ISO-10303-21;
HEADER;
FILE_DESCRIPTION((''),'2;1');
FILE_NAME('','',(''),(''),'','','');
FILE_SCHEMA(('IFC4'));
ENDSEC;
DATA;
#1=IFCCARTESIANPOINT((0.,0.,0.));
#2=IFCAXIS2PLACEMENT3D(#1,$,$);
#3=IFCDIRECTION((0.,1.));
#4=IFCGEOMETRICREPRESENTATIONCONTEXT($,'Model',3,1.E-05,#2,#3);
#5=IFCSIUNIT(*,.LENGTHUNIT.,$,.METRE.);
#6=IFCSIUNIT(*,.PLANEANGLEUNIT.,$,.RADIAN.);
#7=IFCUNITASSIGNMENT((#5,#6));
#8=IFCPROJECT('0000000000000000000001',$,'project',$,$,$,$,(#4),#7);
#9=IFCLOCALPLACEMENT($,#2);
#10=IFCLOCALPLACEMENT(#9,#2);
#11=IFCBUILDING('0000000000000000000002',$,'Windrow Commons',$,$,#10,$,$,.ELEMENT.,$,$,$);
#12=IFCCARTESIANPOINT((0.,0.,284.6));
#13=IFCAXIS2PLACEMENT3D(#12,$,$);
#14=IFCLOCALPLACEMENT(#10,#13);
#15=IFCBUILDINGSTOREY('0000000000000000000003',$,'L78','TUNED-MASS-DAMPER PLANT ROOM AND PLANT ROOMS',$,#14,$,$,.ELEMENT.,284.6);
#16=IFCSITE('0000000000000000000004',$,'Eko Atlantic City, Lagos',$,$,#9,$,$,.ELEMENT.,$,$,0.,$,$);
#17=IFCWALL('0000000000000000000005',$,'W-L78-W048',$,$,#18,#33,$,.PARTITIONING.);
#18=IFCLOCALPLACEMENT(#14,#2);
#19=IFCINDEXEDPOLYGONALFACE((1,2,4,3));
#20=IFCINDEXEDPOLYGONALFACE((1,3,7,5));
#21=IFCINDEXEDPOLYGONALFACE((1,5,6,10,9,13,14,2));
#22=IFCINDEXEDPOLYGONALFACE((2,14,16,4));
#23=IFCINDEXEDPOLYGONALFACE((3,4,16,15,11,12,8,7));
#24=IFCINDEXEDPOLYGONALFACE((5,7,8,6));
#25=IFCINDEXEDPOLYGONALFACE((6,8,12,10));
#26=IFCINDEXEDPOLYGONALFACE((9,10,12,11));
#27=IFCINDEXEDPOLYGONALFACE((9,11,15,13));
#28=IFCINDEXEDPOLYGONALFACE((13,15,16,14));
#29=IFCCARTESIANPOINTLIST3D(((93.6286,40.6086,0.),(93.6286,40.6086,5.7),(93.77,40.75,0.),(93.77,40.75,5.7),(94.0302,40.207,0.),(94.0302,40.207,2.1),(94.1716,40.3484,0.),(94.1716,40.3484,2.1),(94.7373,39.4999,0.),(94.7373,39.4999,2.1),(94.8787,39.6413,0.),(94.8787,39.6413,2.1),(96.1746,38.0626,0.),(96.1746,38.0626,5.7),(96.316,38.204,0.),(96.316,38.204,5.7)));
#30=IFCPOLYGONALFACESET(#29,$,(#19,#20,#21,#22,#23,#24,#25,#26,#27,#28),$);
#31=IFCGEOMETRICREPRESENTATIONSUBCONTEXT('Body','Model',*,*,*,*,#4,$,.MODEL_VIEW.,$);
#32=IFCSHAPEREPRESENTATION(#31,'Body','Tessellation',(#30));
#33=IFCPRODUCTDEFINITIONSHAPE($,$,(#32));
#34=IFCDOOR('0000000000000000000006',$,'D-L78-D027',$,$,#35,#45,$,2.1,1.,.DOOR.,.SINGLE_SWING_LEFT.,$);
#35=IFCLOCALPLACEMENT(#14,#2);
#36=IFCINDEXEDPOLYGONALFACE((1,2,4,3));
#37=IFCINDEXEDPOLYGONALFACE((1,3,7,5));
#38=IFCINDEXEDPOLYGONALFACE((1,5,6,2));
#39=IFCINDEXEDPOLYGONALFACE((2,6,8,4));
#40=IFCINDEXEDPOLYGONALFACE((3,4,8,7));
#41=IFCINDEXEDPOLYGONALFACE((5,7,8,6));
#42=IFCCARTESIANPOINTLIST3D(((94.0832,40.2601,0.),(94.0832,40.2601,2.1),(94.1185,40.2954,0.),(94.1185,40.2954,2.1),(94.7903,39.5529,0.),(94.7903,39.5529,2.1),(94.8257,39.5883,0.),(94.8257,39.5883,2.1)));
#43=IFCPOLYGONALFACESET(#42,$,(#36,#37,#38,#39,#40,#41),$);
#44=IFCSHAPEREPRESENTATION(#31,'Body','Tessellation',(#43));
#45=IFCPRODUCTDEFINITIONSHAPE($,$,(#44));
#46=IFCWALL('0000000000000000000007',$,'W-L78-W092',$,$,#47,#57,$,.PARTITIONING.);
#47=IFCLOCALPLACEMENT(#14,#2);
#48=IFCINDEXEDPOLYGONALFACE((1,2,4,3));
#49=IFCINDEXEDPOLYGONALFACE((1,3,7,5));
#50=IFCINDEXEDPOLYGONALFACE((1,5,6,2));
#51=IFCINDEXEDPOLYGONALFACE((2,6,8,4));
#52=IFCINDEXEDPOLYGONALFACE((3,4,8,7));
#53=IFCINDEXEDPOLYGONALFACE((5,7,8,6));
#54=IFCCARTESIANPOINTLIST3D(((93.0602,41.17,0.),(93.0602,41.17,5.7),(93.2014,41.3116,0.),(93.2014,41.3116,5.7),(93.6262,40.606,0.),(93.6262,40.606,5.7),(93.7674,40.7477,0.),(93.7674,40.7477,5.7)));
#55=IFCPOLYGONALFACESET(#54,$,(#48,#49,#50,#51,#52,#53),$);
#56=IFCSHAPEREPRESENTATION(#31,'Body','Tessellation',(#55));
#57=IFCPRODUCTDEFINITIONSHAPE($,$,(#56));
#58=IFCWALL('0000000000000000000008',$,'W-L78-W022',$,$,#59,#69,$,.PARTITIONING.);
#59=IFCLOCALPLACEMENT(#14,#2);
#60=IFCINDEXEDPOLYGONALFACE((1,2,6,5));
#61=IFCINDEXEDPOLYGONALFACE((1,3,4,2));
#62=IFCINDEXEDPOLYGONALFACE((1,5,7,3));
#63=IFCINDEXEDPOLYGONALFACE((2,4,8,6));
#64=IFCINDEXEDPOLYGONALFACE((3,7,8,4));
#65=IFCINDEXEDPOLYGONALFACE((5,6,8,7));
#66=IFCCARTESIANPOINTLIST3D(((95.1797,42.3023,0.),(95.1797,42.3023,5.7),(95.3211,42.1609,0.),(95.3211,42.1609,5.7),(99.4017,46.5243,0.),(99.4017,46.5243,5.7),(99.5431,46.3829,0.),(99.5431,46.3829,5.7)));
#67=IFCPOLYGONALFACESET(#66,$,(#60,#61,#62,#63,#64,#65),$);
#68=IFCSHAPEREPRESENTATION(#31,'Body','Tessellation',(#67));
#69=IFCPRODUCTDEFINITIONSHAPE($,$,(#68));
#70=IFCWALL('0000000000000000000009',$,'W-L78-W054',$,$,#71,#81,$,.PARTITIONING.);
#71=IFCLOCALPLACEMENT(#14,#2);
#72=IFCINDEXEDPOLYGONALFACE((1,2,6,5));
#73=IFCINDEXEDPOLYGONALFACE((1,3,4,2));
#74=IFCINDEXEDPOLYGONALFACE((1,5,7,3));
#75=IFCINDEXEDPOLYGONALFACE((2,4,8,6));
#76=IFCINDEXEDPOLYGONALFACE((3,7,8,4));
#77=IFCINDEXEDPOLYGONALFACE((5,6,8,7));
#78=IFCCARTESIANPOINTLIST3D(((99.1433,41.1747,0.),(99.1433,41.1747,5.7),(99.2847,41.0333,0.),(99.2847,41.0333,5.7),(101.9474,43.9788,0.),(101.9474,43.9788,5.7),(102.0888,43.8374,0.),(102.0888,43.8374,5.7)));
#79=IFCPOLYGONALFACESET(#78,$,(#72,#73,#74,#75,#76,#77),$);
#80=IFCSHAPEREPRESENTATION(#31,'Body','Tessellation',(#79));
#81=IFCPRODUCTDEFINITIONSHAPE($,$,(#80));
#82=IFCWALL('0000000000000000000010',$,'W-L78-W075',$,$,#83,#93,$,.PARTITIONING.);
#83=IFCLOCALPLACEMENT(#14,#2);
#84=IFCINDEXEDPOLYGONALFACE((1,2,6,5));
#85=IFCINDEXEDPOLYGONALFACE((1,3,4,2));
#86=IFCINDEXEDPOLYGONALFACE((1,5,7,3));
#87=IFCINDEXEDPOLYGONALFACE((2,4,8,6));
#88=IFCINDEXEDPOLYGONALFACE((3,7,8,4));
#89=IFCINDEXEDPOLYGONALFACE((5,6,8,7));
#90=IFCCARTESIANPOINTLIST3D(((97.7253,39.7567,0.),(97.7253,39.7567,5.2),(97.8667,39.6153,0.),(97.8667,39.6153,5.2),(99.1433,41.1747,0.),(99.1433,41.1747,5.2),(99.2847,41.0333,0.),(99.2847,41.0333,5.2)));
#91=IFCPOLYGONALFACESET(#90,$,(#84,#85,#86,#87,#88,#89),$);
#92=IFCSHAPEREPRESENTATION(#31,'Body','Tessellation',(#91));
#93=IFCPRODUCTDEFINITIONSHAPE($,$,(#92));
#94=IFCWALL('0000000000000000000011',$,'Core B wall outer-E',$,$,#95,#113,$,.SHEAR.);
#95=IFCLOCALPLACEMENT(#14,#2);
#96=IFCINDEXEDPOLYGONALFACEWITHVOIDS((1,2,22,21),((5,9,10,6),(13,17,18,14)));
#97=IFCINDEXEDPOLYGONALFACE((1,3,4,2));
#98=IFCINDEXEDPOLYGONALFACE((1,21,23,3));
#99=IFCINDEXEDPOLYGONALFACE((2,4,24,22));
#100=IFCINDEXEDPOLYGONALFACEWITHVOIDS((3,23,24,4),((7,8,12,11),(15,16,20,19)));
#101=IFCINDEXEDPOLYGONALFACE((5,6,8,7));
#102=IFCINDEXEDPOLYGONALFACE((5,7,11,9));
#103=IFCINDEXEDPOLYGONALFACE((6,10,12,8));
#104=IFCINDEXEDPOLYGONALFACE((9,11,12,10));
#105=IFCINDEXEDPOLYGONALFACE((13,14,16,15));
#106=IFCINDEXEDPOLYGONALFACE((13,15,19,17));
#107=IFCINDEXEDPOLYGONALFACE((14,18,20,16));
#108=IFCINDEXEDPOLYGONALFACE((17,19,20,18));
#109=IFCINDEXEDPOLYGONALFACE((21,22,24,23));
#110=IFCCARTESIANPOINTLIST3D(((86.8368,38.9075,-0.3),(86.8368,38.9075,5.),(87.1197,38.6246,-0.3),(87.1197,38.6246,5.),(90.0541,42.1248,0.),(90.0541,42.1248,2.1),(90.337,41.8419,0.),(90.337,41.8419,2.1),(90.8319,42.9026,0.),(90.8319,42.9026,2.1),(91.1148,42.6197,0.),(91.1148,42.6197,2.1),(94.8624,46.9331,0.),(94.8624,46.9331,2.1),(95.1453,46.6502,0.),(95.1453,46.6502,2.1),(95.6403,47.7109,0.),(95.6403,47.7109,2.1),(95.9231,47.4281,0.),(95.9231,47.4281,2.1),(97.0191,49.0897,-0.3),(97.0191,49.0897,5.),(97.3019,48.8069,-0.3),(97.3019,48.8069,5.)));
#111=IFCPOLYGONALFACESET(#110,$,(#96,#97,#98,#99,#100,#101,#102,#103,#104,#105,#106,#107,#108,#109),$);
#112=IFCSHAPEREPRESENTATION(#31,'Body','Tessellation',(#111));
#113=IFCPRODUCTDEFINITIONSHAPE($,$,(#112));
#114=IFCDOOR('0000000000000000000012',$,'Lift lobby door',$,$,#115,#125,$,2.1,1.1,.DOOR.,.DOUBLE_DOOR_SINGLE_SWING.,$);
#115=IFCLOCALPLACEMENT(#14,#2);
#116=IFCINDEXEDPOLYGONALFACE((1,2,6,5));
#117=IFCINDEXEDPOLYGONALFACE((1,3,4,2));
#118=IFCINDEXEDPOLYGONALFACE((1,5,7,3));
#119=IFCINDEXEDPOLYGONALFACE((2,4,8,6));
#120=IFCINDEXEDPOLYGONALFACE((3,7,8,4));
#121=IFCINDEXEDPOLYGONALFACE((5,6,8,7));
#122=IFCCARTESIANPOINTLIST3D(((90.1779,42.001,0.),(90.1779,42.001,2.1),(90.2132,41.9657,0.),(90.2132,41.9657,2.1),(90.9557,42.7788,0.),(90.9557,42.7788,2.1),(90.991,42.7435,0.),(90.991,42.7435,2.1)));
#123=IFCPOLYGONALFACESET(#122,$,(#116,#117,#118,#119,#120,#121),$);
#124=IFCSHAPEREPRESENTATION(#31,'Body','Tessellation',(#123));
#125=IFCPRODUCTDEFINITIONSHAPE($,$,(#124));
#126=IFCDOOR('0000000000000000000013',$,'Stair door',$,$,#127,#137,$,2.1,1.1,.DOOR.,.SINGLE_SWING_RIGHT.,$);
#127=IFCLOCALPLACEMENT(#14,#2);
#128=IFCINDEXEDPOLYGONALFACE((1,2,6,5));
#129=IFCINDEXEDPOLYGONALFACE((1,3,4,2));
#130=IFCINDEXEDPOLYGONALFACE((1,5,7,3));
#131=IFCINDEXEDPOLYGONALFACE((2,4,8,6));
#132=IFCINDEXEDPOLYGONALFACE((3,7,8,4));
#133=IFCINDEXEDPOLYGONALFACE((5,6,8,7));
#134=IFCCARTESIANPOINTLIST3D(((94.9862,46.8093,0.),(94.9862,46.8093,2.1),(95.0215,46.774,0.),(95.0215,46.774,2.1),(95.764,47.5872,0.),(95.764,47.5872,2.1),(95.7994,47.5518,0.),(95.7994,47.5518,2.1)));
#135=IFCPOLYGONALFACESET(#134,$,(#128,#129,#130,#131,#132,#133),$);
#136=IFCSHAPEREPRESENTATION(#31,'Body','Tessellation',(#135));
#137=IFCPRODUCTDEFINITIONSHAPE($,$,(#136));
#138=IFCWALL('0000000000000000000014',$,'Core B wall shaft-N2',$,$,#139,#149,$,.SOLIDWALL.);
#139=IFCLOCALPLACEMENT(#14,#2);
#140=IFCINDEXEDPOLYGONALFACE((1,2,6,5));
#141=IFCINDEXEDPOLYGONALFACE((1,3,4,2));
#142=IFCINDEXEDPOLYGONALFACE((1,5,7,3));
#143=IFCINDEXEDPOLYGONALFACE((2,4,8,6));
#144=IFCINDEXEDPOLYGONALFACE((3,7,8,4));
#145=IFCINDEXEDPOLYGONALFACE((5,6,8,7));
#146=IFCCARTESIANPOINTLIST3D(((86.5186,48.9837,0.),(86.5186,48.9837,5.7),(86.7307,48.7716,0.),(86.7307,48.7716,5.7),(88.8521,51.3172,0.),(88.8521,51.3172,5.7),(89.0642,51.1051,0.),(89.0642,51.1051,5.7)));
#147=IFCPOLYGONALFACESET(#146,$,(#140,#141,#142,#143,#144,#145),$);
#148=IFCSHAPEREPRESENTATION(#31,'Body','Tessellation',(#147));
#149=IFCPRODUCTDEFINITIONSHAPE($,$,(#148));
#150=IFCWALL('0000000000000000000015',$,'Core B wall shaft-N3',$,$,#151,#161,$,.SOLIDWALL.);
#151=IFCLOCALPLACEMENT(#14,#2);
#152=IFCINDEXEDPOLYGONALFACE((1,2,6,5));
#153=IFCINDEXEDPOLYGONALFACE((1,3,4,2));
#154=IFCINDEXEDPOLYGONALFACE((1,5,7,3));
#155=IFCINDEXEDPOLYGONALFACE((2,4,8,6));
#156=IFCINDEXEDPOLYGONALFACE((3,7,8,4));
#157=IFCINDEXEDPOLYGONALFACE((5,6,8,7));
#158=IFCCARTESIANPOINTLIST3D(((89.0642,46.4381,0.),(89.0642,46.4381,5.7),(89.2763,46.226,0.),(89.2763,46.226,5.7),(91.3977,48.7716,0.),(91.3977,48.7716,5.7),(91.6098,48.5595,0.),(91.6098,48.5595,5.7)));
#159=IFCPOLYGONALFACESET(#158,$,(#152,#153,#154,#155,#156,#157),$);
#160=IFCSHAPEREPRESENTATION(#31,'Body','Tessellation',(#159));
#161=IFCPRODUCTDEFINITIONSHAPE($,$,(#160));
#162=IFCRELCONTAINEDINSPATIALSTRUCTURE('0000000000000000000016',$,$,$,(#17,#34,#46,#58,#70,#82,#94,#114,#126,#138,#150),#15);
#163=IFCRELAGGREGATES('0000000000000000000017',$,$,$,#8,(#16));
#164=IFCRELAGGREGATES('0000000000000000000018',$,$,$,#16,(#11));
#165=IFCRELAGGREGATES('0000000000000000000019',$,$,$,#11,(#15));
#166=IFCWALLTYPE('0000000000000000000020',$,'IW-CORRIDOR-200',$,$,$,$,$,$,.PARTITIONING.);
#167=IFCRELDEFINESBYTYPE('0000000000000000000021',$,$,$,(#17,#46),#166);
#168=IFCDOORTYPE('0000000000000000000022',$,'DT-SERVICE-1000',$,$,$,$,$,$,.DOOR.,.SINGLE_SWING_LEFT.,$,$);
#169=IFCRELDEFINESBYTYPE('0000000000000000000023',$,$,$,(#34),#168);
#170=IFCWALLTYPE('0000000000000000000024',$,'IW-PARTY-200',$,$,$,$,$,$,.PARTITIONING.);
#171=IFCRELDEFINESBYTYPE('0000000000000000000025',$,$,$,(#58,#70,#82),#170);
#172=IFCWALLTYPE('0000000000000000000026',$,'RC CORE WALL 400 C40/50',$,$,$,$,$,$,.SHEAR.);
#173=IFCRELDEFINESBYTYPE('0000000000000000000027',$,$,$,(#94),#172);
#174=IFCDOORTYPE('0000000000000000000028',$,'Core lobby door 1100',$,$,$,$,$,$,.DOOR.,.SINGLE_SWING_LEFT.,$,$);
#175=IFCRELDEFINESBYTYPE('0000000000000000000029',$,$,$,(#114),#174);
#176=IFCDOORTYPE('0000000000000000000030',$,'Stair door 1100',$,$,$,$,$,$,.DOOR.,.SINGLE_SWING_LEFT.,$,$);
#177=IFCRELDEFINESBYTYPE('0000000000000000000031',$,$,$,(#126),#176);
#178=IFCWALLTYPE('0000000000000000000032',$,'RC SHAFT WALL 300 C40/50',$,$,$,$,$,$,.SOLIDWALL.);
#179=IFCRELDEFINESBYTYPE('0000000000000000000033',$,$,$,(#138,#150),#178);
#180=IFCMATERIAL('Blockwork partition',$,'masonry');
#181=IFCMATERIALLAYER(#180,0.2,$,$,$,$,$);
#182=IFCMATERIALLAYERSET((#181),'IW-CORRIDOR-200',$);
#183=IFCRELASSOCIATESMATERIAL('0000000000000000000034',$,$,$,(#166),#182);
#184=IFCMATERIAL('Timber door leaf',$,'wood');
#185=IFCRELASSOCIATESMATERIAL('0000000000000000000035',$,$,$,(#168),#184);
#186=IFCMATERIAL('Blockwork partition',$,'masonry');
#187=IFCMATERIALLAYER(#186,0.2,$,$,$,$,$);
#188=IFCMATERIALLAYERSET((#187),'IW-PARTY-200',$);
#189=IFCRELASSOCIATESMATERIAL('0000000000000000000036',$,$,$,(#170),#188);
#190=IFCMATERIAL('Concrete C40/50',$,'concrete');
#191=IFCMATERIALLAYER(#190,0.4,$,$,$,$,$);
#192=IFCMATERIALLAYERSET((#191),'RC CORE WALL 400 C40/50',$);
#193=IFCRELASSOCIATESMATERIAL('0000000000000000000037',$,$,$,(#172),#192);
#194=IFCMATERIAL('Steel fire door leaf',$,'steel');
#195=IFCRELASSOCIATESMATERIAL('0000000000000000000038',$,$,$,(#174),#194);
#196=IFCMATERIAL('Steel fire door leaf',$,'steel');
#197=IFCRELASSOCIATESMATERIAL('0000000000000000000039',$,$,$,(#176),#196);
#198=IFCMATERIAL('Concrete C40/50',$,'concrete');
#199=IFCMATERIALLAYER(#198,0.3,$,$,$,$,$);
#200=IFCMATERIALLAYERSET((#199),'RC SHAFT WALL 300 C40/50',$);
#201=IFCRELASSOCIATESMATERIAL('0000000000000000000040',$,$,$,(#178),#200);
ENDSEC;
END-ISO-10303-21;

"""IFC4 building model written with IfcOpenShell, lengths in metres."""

from ifc_helpers import new_model, si_unit, direction, frame, frame_2d, origin, place, context, subcontext, project, spatial, rectangle, extrude, material, layer, layer_set, type_object, element, fill, save


model = new_model("IFC4")

# Units and contexts
model_context = context("Model", 3, precision=1e-05, world=origin(), true_north=direction((0.0, 1.0)))
body_context = subcontext(model_context, "Body", "Model", "MODEL_VIEW")
ifc_project = project(units=[si_unit("LENGTHUNIT", "METRE"), si_unit("PLANEANGLEUNIT", "RADIAN")], contexts=[model_context])

# Site, building, storey
site_placement = place(None, origin())
site = spatial("IfcSite", under=ifc_project, at=site_placement, Name="Eko Atlantic City, Lagos", CompositionType="ELEMENT", RefElevation=0.0)
building_placement = place(site_placement, origin())
building = spatial("IfcBuilding", under=site, at=building_placement, Name="Windrow Commons", CompositionType="ELEMENT")
storey_placement = place(building_placement, frame((0.0, 0.0, 284.6)))
storey = spatial("IfcBuildingStorey", under=building, at=storey_placement, Name="L78", Description="TUNED-MASS-DAMPER PLANT ROOM AND PLANT ROOMS", CompositionType="ELEMENT", Elevation=284.6)

# Wall, opening, door
ifc_material_1 = material(Name="Blockwork partition", Category="masonry")
ifc_layer_1 = layer(ifc_material_1, 0.2)
ifc_layer_set_1 = layer_set([ifc_layer_1], Name="IW-CORRIDOR-200")
wall_type_1 = type_object("IfcWallType", Name="IW-CORRIDOR-200", PredefinedType="PARTITIONING", material=ifc_layer_set_1)
ifc_material_2 = material(Name="Timber door leaf", Category="wood")
door_type_1 = type_object("IfcDoorType", Name="DT-SERVICE-1000", OperationType="SINGLE_SWING_LEFT", PredefinedType="DOOR", material=ifc_material_2)
wall_1_placement = place(storey_placement, frame((93.6993, 40.6793, 0.0), z_axis=(0.0, 0.0, 1.0), x_axis=(0.707107, -0.707107, 0.0)))
wall_1 = element("IfcWall", 1, at=wall_1_placement, inside=storey, type_object=wall_type_1, Name="W-L78-W048", PredefinedType="PARTITIONING", context=body_context, shape_type="SweptSolid", body=[
    extrude(rectangle(XDim=3.6006, YDim=0.2, at=frame_2d((1.8003, 0.0))), origin(), (0.0, 0.0, 1.0), 5.7),
])
opening_1_placement = place(wall_1_placement, frame((0.5679, 0.0, 0.0)))
opening_1 = element("IfcOpeningElement", 2, at=opening_1_placement, cuts=wall_1, PredefinedType="OPENING", context=body_context, shape_type="SweptSolid", body=[
    extrude(rectangle(XDim=1.0, YDim=2.1, at=frame_2d((0.5, 1.05))), frame((0.0, 0.11, 0.0), z_axis=(0.0, -1.0, 0.0), x_axis=(1.0, 0.0, 0.0)), (0.0, 0.0, 1.0), 0.22),
])
door_1_placement = place(opening_1_placement, origin())
door_1 = element("IfcDoor", 3, at=door_1_placement, inside=storey, type_object=door_type_1, Name="D-L78-D027", OperationType="SINGLE_SWING_LEFT", OverallHeight=2.1, OverallWidth=1.0, PredefinedType="DOOR", context=body_context, shape_type="SweptSolid", body=[
    extrude(rectangle(XDim=1.0, YDim=2.1, at=frame_2d((0.5, 1.05))), frame((0.0, 0.025, 0.0), z_axis=(0.0, -1.0, 0.0), x_axis=(1.0, 0.0, 0.0)), (0.0, 0.0, 1.0), 0.05),
])
fill(opening_1, door_1)

# Walls
wall_2_placement = place(storey_placement, frame((93.1308, 41.2408, 0.0), z_axis=(0.0, 0.0, 1.0), x_axis=(0.708357, -0.705854, 0.0)))
element("IfcWall", 4, at=wall_2_placement, inside=storey, type_object=wall_type_1, Name="W-L78-W092", PredefinedType="PARTITIONING", context=body_context, shape_type="SweptSolid", body=[
    extrude(rectangle(XDim=0.799, YDim=0.2, at=frame_2d((0.3995, 0.0))), origin(), (0.0, 0.0, 1.0), 5.7),
])
ifc_material_3 = material(Name="Blockwork partition", Category="masonry")
ifc_layer_2 = layer(ifc_material_3, 0.2)
ifc_layer_set_2 = layer_set([ifc_layer_2], Name="IW-PARTY-200")
wall_type_2 = type_object("IfcWallType", Name="IW-PARTY-200", PredefinedType="PARTITIONING", material=ifc_layer_set_2)
wall_3_placement = place(storey_placement, frame((95.2504, 42.2316, 0.0), z_axis=(0.0, 0.0, 1.0), x_axis=(0.707107, 0.707107, 0.0)))
element("IfcWall", 5, at=wall_3_placement, inside=storey, type_object=wall_type_2, Name="W-L78-W022", PredefinedType="PARTITIONING", context=body_context, shape_type="SweptSolid", body=[
    extrude(rectangle(XDim=5.9708, YDim=0.2, at=frame_2d((2.9854, 0.0))), origin(), (0.0, 0.0, 1.0), 5.7),
])
wall_4_placement = place(storey_placement, frame((99.214, 41.104, 0.0), z_axis=(0.0, 0.0, 1.0), x_axis=(0.707107, 0.707107, 0.0)))
element("IfcWall", 6, at=wall_4_placement, inside=storey, type_object=wall_type_2, Name="W-L78-W054", PredefinedType="PARTITIONING", context=body_context, shape_type="SweptSolid", body=[
    extrude(rectangle(XDim=3.9655, YDim=0.2, at=frame_2d((1.9828, 0.0))), origin(), (0.0, 0.0, 1.0), 5.7),
])
wall_5_placement = place(storey_placement, frame((97.796, 39.686, 0.0), z_axis=(0.0, 0.0, 1.0), x_axis=(0.707107, 0.707107, 0.0)))
element("IfcWall", 7, at=wall_5_placement, inside=storey, type_object=wall_type_2, Name="W-L78-W075", PredefinedType="PARTITIONING", context=body_context, shape_type="SweptSolid", body=[
    extrude(rectangle(XDim=2.0054, YDim=0.2, at=frame_2d((1.0027, 0.0))), origin(), (0.0, 0.0, 1.0), 5.2),
])

# Wall, openings, doors
ifc_material_4 = material(Name="Concrete C40/50", Category="concrete")
ifc_layer_3 = layer(ifc_material_4, 0.4)
ifc_layer_set_3 = layer_set([ifc_layer_3], Name="RC CORE WALL 400 C40/50")
wall_type_3 = type_object("IfcWallType", Name="RC CORE WALL 400 C40/50", PredefinedType="SHEAR", material=ifc_layer_set_3)
wall_6_placement = place(storey_placement, frame((86.9782, 38.766, -0.3), z_axis=(0.0, 0.0, 1.0), x_axis=(0.707107, 0.707107, 0.0)))
wall_6 = element("IfcWall", 8, at=wall_6_placement, inside=storey, type_object=wall_type_3, Name="Core B wall outer-E", PredefinedType="SHEAR", context=body_context, shape_type="SweptSolid", body=[
    extrude(rectangle(XDim=14.3999, YDim=0.4, at=frame_2d((7.2, 0.0))), origin(), (0.0, 0.0, 1.0), 5.3),
])
opening_2_placement = place(wall_6_placement, frame((4.55, 0.0, 0.3)))
opening_2 = element("IfcOpeningElement", 9, at=opening_2_placement, cuts=wall_6, PredefinedType="OPENING", context=body_context, shape_type="SweptSolid", body=[
    extrude(rectangle(XDim=1.1, YDim=2.1, at=frame_2d((0.55, 1.05))), frame((0.0, 0.21, 0.0), z_axis=(0.0, -1.0, 0.0), x_axis=(1.0, 0.0, 0.0)), (0.0, 0.0, 1.0), 0.42),
])
opening_3_placement = place(wall_6_placement, frame((11.35, 0.0, 0.3)))
opening_3 = element("IfcOpeningElement", 10, at=opening_3_placement, cuts=wall_6, PredefinedType="OPENING", context=body_context, shape_type="SweptSolid", body=[
    extrude(rectangle(XDim=1.1, YDim=2.1, at=frame_2d((0.55, 1.05))), frame((0.0, 0.21, 0.0), z_axis=(0.0, -1.0, 0.0), x_axis=(1.0, 0.0, 0.0)), (0.0, 0.0, 1.0), 0.42),
])
ifc_material_5 = material(Name="Steel fire door leaf", Category="steel")
door_type_2 = type_object("IfcDoorType", Name="Core lobby door 1100", OperationType="SINGLE_SWING_LEFT", PredefinedType="DOOR", material=ifc_material_5)
door_2_placement = place(opening_2_placement, origin())
door_2 = element("IfcDoor", 11, at=door_2_placement, inside=storey, type_object=door_type_2, Name="Lift lobby door", OperationType="DOUBLE_DOOR_SINGLE_SWING", OverallHeight=2.1, OverallWidth=1.1, PredefinedType="DOOR", context=body_context, shape_type="SweptSolid", body=[
    extrude(rectangle(XDim=1.1, YDim=2.1, at=frame_2d((0.55, 1.05))), frame((0.0, 0.025, 0.0), z_axis=(0.0, -1.0, 0.0), x_axis=(1.0, 0.0, 0.0)), (0.0, 0.0, 1.0), 0.05),
])
fill(opening_2, door_2)
ifc_material_6 = material(Name="Steel fire door leaf", Category="steel")
door_type_3 = type_object("IfcDoorType", Name="Stair door 1100", OperationType="SINGLE_SWING_LEFT", PredefinedType="DOOR", material=ifc_material_6)
door_3_placement = place(opening_3_placement, origin())
door_3 = element("IfcDoor", 12, at=door_3_placement, inside=storey, type_object=door_type_3, Name="Stair door", OperationType="SINGLE_SWING_RIGHT", OverallHeight=2.1, OverallWidth=1.1, PredefinedType="DOOR", context=body_context, shape_type="SweptSolid", body=[
    extrude(rectangle(XDim=1.1, YDim=2.1, at=frame_2d((0.55, 1.05))), frame((0.0, 0.025, 0.0), z_axis=(0.0, -1.0, 0.0), x_axis=(1.0, 0.0, 0.0)), (0.0, 0.0, 1.0), 0.05),
])
fill(opening_3, door_3)

# Walls
ifc_material_7 = material(Name="Concrete C40/50", Category="concrete")
ifc_layer_4 = layer(ifc_material_7, 0.3)
ifc_layer_set_4 = layer_set([ifc_layer_4], Name="RC SHAFT WALL 300 C40/50")
wall_type_4 = type_object("IfcWallType", Name="RC SHAFT WALL 300 C40/50", PredefinedType="SOLIDWALL", material=ifc_layer_set_4)
for number, where, z_axis, x_axis, name in (
    (13, (86.6246, 48.8776, 0.0), (0.0, 0.0, 1.0), (0.707107, 0.707107, 0.0), "Core B wall shaft-N2"),
    (14, (89.1702, 46.332, 0.0), (0.0, 0.0, 1.0), (0.707107, 0.707107, 0.0), "Core B wall shaft-N3"),
):
    element("IfcWall", number, at=place(storey_placement, frame(where, z_axis=z_axis, x_axis=x_axis)), inside=storey, type_object=wall_type_4, Name=name, PredefinedType="SOLIDWALL", context=body_context, shape_type="SweptSolid", body=[
        extrude(rectangle(XDim=3.3001, YDim=0.3, at=frame_2d((1.6501, 0.0))), origin(), (0.0, 0.0, 1.0), 5.7),
    ])

save(model, "model.ifc")
